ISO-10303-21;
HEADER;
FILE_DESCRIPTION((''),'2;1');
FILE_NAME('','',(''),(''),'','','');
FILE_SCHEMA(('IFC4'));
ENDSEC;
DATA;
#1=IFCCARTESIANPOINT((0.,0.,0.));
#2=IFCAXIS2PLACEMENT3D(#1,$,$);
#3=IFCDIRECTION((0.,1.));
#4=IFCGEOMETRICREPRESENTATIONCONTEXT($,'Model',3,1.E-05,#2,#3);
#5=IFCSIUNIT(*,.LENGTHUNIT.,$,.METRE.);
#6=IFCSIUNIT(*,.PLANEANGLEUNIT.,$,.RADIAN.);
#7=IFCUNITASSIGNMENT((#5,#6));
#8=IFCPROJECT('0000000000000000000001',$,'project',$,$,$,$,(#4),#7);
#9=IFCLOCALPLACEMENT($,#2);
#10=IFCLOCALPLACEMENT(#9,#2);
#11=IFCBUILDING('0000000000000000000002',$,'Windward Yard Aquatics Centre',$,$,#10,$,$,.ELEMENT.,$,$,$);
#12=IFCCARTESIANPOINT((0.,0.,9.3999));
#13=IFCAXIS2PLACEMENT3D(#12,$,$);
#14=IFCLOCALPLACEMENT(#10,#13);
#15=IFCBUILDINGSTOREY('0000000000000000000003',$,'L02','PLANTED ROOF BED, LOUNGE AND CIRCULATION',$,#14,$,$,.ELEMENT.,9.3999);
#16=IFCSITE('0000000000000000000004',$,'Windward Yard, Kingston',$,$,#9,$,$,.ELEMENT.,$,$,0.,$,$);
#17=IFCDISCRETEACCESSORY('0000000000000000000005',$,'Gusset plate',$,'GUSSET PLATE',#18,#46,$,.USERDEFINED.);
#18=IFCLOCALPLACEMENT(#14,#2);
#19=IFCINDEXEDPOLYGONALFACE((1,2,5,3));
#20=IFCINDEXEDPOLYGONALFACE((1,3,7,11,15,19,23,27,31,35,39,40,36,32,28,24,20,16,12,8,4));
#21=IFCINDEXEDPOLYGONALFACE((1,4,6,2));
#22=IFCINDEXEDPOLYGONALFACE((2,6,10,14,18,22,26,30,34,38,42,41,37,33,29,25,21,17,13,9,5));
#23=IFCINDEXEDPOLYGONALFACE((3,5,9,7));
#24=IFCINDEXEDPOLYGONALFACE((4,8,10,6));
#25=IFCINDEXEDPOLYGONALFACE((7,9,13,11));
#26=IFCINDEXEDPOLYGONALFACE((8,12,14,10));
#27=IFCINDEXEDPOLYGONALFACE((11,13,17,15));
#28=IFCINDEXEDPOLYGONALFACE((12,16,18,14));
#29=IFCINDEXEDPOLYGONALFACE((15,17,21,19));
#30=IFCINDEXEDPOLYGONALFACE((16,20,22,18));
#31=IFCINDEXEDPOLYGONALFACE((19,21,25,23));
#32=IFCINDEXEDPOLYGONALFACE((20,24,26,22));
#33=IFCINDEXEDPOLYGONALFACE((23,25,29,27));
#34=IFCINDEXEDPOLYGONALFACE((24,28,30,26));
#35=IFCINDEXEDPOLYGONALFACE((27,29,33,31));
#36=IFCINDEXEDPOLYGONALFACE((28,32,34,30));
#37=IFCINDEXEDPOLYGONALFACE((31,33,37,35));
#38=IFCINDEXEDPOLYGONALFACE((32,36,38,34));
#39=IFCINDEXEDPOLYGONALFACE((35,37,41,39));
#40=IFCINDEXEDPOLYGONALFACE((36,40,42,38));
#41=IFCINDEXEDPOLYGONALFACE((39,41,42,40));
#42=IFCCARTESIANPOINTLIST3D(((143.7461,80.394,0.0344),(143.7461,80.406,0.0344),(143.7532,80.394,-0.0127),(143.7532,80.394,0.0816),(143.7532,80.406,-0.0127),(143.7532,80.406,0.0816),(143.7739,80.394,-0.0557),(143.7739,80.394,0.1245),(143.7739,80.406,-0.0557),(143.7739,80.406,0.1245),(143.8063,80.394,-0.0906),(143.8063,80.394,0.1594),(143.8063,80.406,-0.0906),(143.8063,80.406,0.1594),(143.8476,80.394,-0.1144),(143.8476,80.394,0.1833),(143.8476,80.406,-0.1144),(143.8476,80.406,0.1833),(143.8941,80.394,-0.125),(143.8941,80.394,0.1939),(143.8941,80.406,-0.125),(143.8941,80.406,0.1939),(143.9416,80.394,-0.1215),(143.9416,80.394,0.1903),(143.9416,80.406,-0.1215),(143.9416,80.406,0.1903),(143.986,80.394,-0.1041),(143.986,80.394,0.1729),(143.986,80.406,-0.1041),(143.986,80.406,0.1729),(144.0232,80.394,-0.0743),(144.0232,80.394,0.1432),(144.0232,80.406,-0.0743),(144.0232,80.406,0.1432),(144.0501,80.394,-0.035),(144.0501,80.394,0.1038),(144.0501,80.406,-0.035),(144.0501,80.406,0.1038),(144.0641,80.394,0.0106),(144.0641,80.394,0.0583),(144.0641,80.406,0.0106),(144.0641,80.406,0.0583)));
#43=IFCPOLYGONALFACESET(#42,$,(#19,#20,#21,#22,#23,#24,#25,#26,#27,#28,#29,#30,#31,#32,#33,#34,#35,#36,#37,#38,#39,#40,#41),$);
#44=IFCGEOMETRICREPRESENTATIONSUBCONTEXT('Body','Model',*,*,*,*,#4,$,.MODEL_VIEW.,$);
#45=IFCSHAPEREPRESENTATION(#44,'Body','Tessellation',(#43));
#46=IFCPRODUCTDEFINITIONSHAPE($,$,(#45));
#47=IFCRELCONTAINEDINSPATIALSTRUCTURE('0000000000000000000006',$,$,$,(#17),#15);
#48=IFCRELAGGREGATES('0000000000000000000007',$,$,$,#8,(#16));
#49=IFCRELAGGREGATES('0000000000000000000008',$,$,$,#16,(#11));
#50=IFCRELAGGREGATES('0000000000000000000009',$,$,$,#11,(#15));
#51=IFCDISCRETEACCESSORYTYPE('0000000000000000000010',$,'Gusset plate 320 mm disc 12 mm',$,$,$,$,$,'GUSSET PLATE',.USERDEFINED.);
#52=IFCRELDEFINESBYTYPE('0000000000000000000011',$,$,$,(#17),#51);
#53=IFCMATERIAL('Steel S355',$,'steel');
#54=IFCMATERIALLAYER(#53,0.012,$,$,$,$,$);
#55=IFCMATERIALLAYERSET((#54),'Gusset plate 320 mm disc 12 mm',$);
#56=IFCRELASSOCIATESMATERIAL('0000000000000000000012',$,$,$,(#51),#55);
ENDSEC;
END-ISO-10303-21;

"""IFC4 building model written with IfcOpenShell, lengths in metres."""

from ifc_helpers import new_model, si_unit, direction, frame, origin, origin_2d, place, context, subcontext, project, spatial, circle, extrude, material, layer, layer_set, type_object, element, save


model = new_model("IFC4")

# Units and contexts
model_context = context("Model", 3, precision=1e-05, world=origin(), true_north=direction((0.0, 1.0)))
body_context = subcontext(model_context, "Body", "Model", "MODEL_VIEW")
ifc_project = project(units=[si_unit("LENGTHUNIT", "METRE"), si_unit("PLANEANGLEUNIT", "RADIAN")], contexts=[model_context])

# Site, building, storey
site_placement = place(None, origin())
site = spatial("IfcSite", under=ifc_project, at=site_placement, Name="Windward Yard, Kingston", CompositionType="ELEMENT", RefElevation=0.0)
building_placement = place(site_placement, origin())
building = spatial("IfcBuilding", under=site, at=building_placement, Name="Windward Yard Aquatics Centre", CompositionType="ELEMENT")
storey_placement = place(building_placement, frame((0.0, 0.0, 9.3999)))
storey = spatial("IfcBuildingStorey", under=building, at=storey_placement, Name="L02", Description="PLANTED ROOF BED, LOUNGE AND CIRCULATION", CompositionType="ELEMENT", Elevation=9.3999)

# Discrete accessory
ifc_material_1 = material(Name="Steel S355", Category="steel")
ifc_layer_1 = layer(ifc_material_1, 0.012)
ifc_layer_set_1 = layer_set([ifc_layer_1], Name="Gusset plate 320 mm disc 12 mm")
discrete_accessory_type = type_object("IfcDiscreteAccessoryType", Name="Gusset plate 320 mm disc 12 mm", ElementType="GUSSET PLATE", PredefinedType="USERDEFINED", material=ifc_layer_set_1)
for number, where, z_axis, x_axis, name in (
    (1, (143.906, 80.394, 0.0344), (0.0, 1.0, 0.0), (-1.0, 0.0, 0.0), "Gusset plate"),
):
    element("IfcDiscreteAccessory", number, at=place(storey_placement, frame(where, z_axis=z_axis, x_axis=x_axis)), inside=storey, type_object=discrete_accessory_type, Name=name, ObjectType="GUSSET PLATE", PredefinedType="USERDEFINED", context=body_context, shape_type="SweptSolid", body=[
        extrude(circle(Radius=0.1599, at=origin_2d()), origin(), (0.0, 0.0, 1.0), 0.012),
    ])

save(model, "model.ifc")
